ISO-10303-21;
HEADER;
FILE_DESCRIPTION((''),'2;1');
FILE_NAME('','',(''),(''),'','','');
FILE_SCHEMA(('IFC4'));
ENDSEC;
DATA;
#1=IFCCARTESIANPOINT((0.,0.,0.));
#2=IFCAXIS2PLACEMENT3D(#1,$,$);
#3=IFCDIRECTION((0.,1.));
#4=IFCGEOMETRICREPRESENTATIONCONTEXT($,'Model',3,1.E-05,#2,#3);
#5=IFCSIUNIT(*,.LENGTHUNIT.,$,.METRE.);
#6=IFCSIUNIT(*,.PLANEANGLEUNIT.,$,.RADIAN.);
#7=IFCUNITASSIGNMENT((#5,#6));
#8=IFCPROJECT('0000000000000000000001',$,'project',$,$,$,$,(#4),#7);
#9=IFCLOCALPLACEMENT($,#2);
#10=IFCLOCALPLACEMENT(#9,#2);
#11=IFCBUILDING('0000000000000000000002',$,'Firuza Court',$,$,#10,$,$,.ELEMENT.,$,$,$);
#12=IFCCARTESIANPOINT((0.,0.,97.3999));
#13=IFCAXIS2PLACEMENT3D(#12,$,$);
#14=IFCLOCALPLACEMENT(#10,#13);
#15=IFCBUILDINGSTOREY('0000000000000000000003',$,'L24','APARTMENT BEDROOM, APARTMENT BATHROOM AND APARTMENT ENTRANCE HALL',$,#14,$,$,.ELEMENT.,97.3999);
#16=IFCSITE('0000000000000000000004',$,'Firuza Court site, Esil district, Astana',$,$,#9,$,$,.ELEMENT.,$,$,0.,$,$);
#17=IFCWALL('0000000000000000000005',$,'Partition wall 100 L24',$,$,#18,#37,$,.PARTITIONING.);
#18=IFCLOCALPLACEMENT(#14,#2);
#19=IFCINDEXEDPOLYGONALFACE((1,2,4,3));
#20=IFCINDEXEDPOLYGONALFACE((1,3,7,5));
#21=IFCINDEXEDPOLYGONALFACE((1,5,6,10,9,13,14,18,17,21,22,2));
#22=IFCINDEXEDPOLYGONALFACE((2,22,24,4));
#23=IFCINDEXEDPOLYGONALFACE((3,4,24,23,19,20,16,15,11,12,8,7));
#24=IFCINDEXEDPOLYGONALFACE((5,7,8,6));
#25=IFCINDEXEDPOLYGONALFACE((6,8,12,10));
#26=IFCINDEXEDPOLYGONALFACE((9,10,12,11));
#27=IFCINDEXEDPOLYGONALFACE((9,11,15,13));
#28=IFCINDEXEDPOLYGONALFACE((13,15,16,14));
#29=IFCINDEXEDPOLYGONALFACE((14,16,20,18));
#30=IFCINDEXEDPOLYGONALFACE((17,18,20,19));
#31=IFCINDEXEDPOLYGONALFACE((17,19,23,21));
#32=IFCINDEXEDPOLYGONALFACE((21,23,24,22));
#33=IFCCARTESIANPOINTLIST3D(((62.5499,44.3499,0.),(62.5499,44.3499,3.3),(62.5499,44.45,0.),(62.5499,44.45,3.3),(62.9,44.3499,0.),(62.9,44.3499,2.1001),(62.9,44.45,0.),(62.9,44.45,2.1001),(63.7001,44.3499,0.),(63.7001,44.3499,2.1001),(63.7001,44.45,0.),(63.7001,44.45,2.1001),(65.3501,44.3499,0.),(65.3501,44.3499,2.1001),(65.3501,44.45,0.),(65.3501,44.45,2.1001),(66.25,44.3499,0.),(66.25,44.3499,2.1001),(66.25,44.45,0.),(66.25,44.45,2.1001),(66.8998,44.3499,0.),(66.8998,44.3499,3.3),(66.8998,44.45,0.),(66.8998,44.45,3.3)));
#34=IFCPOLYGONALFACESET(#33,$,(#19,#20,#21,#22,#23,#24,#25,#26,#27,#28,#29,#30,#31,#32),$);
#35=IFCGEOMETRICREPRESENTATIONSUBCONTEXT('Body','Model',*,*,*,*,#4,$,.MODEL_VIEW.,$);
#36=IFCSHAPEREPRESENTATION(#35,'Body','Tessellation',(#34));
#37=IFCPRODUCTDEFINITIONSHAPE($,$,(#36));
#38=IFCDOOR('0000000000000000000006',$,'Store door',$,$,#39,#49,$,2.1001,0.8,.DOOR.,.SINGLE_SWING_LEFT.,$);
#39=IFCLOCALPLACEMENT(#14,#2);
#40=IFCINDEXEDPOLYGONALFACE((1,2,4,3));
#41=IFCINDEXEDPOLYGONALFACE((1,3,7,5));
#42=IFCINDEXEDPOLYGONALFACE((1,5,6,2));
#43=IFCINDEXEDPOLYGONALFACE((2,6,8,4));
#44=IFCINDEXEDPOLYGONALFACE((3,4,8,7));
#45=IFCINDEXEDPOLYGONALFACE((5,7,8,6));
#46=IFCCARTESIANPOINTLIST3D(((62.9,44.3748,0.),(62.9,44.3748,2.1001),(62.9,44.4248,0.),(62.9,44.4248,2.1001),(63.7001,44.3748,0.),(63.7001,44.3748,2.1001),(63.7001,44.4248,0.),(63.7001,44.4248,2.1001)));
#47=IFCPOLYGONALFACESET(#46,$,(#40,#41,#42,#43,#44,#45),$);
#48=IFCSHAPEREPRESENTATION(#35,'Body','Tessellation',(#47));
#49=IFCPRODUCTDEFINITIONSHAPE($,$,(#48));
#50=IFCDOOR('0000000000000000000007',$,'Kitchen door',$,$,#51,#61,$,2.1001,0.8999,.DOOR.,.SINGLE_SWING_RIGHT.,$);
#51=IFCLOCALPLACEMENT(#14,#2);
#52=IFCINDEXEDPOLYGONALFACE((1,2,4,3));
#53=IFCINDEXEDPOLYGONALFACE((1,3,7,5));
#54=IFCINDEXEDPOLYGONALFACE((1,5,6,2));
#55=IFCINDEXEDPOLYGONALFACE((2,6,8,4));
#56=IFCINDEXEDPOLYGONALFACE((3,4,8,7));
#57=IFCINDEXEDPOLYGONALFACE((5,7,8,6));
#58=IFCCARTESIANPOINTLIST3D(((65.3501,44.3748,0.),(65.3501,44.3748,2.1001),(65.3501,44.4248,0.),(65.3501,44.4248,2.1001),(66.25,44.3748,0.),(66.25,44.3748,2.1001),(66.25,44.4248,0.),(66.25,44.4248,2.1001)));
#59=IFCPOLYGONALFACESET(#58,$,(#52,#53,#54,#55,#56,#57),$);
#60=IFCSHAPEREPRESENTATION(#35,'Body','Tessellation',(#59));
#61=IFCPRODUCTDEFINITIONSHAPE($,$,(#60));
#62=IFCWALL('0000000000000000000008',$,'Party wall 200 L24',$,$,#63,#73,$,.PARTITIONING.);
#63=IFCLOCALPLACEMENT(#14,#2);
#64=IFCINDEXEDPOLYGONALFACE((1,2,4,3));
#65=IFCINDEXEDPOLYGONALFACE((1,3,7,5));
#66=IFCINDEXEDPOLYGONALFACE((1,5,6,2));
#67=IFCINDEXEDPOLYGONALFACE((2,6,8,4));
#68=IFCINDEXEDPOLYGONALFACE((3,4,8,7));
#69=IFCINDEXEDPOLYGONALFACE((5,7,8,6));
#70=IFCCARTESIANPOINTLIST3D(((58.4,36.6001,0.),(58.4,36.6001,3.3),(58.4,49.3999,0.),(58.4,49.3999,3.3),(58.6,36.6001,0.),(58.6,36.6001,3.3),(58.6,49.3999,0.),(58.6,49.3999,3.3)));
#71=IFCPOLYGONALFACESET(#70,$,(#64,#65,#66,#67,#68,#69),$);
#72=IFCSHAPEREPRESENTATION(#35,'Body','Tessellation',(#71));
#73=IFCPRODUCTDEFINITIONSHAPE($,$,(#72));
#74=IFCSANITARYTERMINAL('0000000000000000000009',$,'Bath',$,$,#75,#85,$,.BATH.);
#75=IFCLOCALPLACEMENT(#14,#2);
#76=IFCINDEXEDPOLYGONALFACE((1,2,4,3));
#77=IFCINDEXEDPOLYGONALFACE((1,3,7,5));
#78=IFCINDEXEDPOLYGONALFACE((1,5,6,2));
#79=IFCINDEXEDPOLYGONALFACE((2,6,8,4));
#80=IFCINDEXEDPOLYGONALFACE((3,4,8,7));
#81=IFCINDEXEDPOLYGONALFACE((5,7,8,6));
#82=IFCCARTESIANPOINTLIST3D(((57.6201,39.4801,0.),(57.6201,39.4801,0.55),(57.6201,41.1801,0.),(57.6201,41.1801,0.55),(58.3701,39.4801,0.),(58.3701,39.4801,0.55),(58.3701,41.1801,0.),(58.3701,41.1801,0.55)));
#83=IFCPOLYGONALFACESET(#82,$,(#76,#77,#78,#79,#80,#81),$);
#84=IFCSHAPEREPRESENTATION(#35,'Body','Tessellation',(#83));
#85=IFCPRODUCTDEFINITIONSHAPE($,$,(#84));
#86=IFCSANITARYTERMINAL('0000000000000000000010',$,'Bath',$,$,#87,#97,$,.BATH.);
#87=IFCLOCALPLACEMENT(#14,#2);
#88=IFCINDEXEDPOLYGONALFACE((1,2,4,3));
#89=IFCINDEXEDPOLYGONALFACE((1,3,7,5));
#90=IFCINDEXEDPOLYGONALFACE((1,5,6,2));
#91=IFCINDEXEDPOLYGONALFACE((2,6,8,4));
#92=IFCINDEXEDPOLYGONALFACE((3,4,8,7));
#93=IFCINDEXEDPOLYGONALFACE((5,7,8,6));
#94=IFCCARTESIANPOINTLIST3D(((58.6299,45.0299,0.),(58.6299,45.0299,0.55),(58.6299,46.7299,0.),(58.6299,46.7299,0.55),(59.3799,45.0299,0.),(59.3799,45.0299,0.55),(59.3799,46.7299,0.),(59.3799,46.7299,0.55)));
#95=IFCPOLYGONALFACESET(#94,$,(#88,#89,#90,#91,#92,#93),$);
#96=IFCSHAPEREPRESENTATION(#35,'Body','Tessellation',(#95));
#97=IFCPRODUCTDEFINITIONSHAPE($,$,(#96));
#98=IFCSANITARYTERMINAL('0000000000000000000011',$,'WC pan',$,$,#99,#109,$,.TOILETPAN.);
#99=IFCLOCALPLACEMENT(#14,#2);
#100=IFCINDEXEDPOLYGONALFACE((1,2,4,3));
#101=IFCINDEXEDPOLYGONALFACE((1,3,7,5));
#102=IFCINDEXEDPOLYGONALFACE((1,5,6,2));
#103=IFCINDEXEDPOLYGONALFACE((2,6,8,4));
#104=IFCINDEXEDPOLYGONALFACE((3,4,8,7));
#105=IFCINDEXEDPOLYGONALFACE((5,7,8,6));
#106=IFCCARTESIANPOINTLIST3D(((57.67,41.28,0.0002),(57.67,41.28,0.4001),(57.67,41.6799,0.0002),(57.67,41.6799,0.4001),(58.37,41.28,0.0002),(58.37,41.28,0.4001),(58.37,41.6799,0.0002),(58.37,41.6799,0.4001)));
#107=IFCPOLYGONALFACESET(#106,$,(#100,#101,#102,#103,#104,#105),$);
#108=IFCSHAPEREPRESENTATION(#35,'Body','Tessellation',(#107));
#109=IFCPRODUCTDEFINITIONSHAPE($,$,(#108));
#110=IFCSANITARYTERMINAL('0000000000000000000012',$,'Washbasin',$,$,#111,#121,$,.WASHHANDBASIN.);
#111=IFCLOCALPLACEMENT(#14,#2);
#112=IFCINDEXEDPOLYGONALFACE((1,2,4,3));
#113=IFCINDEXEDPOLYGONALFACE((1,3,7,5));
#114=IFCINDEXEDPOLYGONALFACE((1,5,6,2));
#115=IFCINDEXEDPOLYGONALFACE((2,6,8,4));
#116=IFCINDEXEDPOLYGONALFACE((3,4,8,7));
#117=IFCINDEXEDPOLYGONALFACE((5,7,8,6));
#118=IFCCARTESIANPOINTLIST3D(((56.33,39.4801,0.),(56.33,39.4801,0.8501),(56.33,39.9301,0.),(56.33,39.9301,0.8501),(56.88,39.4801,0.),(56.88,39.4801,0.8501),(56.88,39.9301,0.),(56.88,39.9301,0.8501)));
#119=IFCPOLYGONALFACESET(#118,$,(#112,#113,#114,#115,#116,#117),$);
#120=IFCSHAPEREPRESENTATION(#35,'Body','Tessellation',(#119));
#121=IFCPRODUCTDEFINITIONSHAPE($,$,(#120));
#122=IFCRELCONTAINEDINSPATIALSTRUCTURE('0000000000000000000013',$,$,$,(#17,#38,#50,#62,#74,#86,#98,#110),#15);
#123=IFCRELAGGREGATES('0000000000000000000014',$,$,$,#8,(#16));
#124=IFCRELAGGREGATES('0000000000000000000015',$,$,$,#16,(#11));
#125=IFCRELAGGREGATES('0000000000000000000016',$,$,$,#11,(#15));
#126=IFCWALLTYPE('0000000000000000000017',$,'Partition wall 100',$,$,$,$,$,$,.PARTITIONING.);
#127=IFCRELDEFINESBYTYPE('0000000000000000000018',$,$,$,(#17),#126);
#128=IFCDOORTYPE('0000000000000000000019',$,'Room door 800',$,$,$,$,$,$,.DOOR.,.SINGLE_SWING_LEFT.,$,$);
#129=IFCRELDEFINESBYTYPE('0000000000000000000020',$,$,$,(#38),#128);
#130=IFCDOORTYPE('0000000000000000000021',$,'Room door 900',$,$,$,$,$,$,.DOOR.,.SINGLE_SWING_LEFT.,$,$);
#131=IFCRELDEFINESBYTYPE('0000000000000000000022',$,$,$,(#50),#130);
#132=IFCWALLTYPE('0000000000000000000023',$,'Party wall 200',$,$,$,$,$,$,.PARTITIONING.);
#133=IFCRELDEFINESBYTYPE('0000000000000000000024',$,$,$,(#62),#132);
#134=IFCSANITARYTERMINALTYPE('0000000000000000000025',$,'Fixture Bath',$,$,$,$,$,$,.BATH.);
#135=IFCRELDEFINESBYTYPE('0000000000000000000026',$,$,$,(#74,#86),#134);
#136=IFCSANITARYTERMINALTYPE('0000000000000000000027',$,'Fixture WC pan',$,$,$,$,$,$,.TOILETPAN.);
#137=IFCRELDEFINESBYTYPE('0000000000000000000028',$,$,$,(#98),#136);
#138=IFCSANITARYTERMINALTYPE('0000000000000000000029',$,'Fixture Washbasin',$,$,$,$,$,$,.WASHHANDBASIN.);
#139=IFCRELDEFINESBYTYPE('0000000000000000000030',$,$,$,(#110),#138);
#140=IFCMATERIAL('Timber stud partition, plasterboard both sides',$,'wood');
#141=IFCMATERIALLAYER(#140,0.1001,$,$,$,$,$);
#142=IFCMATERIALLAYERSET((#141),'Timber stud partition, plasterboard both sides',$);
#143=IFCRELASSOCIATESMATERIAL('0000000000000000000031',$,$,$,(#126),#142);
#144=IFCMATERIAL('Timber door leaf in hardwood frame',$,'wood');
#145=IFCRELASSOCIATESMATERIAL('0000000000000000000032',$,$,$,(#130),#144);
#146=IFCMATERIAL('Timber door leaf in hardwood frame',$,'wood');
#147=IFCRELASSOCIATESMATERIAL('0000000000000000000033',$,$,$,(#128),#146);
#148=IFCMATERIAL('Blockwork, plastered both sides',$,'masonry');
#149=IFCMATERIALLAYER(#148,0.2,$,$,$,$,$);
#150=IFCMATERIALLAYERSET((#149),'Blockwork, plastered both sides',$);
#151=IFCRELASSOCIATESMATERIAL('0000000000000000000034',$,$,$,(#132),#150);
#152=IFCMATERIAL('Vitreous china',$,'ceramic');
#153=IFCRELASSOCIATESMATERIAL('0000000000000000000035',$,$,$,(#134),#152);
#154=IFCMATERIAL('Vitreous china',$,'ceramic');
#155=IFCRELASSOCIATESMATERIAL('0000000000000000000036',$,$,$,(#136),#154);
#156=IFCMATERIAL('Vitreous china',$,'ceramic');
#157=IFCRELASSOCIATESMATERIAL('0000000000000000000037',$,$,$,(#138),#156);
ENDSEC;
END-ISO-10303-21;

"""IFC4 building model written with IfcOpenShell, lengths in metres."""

from ifc_helpers import new_model, si_unit, direction, frame, frame_2d, origin, origin_2d, place, context, subcontext, project, spatial, rectangle, extrude, material, layer, layer_set, type_object, element, fill, save


model = new_model("IFC4")

# Units and contexts
model_context = context("Model", 3, precision=1e-05, world=origin(), true_north=direction((0.0, 1.0)))
body_context = subcontext(model_context, "Body", "Model", "MODEL_VIEW")
ifc_project = project(units=[si_unit("LENGTHUNIT", "METRE"), si_unit("PLANEANGLEUNIT", "RADIAN")], contexts=[model_context])

# Site, building, storey
site_placement = place(None, origin())
site = spatial("IfcSite", under=ifc_project, at=site_placement, Name="Firuza Court site, Esil district, Astana", CompositionType="ELEMENT", RefElevation=0.0)
building_placement = place(site_placement, origin())
building = spatial("IfcBuilding", under=site, at=building_placement, Name="Firuza Court", CompositionType="ELEMENT")
storey_placement = place(building_placement, frame((0.0, 0.0, 97.3999)))
storey = spatial("IfcBuildingStorey", under=building, at=storey_placement, Name="L24", Description="APARTMENT BEDROOM, APARTMENT BATHROOM AND APARTMENT ENTRANCE HALL", CompositionType="ELEMENT", Elevation=97.3999)

# Shared definitions
ifc_material_1 = material(Name="Timber stud partition, plasterboard both sides", Category="wood")
ifc_layer_1 = layer(ifc_material_1, 0.1001)
ifc_layer_set_1 = layer_set([ifc_layer_1], Name="Timber stud partition, plasterboard both sides")
wall_type_1 = type_object("IfcWallType", Name="Partition wall 100", PredefinedType="PARTITIONING", material=ifc_layer_set_1)
ifc_material_2 = material(Name="Timber door leaf in hardwood frame", Category="wood")
door_type_1 = type_object("IfcDoorType", Name="Room door 900", OperationType="SINGLE_SWING_LEFT", PredefinedType="DOOR", material=ifc_material_2)

# Wall, openings, doors
wall_1_placement = place(storey_placement, frame((62.55, 44.3999, 0.0), z_axis=(0.0, 0.0, 1.0), x_axis=(1.0, 0.0, 0.0)))
wall_1 = element("IfcWall", 1, at=wall_1_placement, inside=storey, type_object=wall_type_1, Name="Partition wall 100 L24", PredefinedType="PARTITIONING", context=body_context, shape_type="SweptSolid", body=[
    extrude(rectangle(XDim=4.3499, YDim=0.1001, at=frame_2d((2.1748, 0.0))), origin(), (0.0, 0.0, 1.0), 3.3),
])
opening_1_placement = place(wall_1_placement, frame((2.8, 0.0, 0.0)))
opening_1 = element("IfcOpeningElement", 2, at=opening_1_placement, cuts=wall_1, PredefinedType="OPENING", context=body_context, shape_type="SweptSolid", body=[
    extrude(rectangle(XDim=0.8999, YDim=2.1001, at=frame_2d((0.45, 1.05))), frame((0.0, 0.062, 0.0), z_axis=(0.0, -1.0, 0.0), x_axis=(1.0, 0.0, 0.0)), (0.0, 0.0, 1.0), 0.124),
])
opening_2_placement = place(wall_1_placement, frame((0.3501, 0.0, 0.0)))
opening_2 = element("IfcOpeningElement", 3, at=opening_2_placement, cuts=wall_1, PredefinedType="OPENING", context=body_context, shape_type="SweptSolid", body=[
    extrude(rectangle(XDim=0.8, YDim=2.1001, at=frame_2d((0.3999, 1.05))), frame((0.0, 0.062, 0.0), z_axis=(0.0, -1.0, 0.0), x_axis=(1.0, 0.0, 0.0)), (0.0, 0.0, 1.0), 0.124),
])
ifc_material_3 = material(Name="Timber door leaf in hardwood frame", Category="wood")
door_type_2 = type_object("IfcDoorType", Name="Room door 800", OperationType="SINGLE_SWING_LEFT", PredefinedType="DOOR", material=ifc_material_3)
door_1_placement = place(opening_2_placement, origin())
door_1 = element("IfcDoor", 4, at=door_1_placement, inside=storey, type_object=door_type_2, Name="Store door", OperationType="SINGLE_SWING_LEFT", OverallHeight=2.1001, OverallWidth=0.8, PredefinedType="DOOR", context=body_context, shape_type="SweptSolid", body=[
    extrude(rectangle(XDim=0.8, YDim=2.1001, at=frame_2d((0.3999, 1.05))), frame((0.0, 0.0249, 0.0), z_axis=(0.0, -1.0, 0.0), x_axis=(1.0, 0.0, 0.0)), (0.0, 0.0, 1.0), 0.05),
])
fill(opening_2, door_1)
door_2_placement = place(opening_1_placement, origin())
door_2 = element("IfcDoor", 5, at=door_2_placement, inside=storey, type_object=door_type_1, Name="Kitchen door", OperationType="SINGLE_SWING_RIGHT", OverallHeight=2.1001, OverallWidth=0.8999, PredefinedType="DOOR", context=body_context, shape_type="SweptSolid", body=[
    extrude(rectangle(XDim=0.8999, YDim=2.1001, at=frame_2d((0.45, 1.05))), frame((0.0, 0.0249, 0.0), z_axis=(0.0, -1.0, 0.0), x_axis=(1.0, 0.0, 0.0)), (0.0, 0.0, 1.0), 0.05),
])
fill(opening_1, door_2)

# Wall
ifc_material_4 = material(Name="Blockwork, plastered both sides", Category="masonry")
ifc_layer_2 = layer(ifc_material_4, 0.2)
ifc_layer_set_2 = layer_set([ifc_layer_2], Name="Blockwork, plastered both sides")
wall_type_2 = type_object("IfcWallType", Name="Party wall 200", PredefinedType="PARTITIONING", material=ifc_layer_set_2)
wall_2_placement = place(storey_placement, frame((58.5, 36.6001, 0.0), z_axis=(0.0, 0.0, 1.0), x_axis=(0.0, 1.0, 0.0)))
element("IfcWall", 6, at=wall_2_placement, inside=storey, type_object=wall_type_2, Name="Party wall 200 L24", PredefinedType="PARTITIONING", context=body_context, shape_type="SweptSolid", body=[
    extrude(rectangle(XDim=12.7998, YDim=0.2, at=frame_2d((6.3999, 0.0))), origin(), (0.0, 0.0, 1.0), 3.3),
])

# Sanitary terminals
ifc_material_5 = material(Name="Vitreous china", Category="ceramic")
sanitary_terminal_type_1 = type_object("IfcSanitaryTerminalType", Name="Fixture Bath", PredefinedType="BATH", material=ifc_material_5)
for number, where, z_axis, x_axis, name in (
    (7, (57.9951, 40.3301, 0.0), (0.0, 0.0, 1.0), (1.0, 0.0, 0.0), "Bath"),
    (8, (59.0049, 45.8799, 0.0), (0.0, 0.0, 1.0), (1.0, 0.0, 0.0), "Bath"),
):
    element("IfcSanitaryTerminal", number, at=place(storey_placement, frame(where, z_axis=z_axis, x_axis=x_axis)), inside=storey, type_object=sanitary_terminal_type_1, Name=name, PredefinedType="BATH", context=body_context, shape_type="SweptSolid", body=[
        extrude(rectangle(XDim=0.75, YDim=1.7, at=origin_2d()), origin(), (0.0, 0.0, 1.0), 0.55),
    ])
ifc_material_6 = material(Name="Vitreous china", Category="ceramic")
sanitary_terminal_type_2 = type_object("IfcSanitaryTerminalType", Name="Fixture WC pan", PredefinedType="TOILETPAN", material=ifc_material_6)
sanitary_terminal_1_placement = place(storey_placement, frame((58.02, 41.48, 0.0002), z_axis=(0.0, 0.0, 1.0), x_axis=(1.0, 0.0, 0.0)))
element("IfcSanitaryTerminal", 9, at=sanitary_terminal_1_placement, inside=storey, type_object=sanitary_terminal_type_2, Name="WC pan", PredefinedType="TOILETPAN", context=body_context, shape_type="SweptSolid", body=[
    extrude(rectangle(XDim=0.7, YDim=0.3999, at=origin_2d()), origin(), (0.0, 0.0, 1.0), 0.3999),
])
ifc_material_7 = material(Name="Vitreous china", Category="ceramic")
sanitary_terminal_type_3 = type_object("IfcSanitaryTerminalType", Name="Fixture Washbasin", PredefinedType="WASHHANDBASIN", material=ifc_material_7)
sanitary_terminal_2_placement = place(storey_placement, frame((56.605, 39.7051, 0.0), z_axis=(0.0, 0.0, 1.0), x_axis=(1.0, 0.0, 0.0)))
element("IfcSanitaryTerminal", 10, at=sanitary_terminal_2_placement, inside=storey, type_object=sanitary_terminal_type_3, Name="Washbasin", PredefinedType="WASHHANDBASIN", context=body_context, shape_type="SweptSolid", body=[
    extrude(rectangle(XDim=0.55, YDim=0.45, at=origin_2d()), origin(), (0.0, 0.0, 1.0), 0.8501),
])

save(model, "model.ifc")
